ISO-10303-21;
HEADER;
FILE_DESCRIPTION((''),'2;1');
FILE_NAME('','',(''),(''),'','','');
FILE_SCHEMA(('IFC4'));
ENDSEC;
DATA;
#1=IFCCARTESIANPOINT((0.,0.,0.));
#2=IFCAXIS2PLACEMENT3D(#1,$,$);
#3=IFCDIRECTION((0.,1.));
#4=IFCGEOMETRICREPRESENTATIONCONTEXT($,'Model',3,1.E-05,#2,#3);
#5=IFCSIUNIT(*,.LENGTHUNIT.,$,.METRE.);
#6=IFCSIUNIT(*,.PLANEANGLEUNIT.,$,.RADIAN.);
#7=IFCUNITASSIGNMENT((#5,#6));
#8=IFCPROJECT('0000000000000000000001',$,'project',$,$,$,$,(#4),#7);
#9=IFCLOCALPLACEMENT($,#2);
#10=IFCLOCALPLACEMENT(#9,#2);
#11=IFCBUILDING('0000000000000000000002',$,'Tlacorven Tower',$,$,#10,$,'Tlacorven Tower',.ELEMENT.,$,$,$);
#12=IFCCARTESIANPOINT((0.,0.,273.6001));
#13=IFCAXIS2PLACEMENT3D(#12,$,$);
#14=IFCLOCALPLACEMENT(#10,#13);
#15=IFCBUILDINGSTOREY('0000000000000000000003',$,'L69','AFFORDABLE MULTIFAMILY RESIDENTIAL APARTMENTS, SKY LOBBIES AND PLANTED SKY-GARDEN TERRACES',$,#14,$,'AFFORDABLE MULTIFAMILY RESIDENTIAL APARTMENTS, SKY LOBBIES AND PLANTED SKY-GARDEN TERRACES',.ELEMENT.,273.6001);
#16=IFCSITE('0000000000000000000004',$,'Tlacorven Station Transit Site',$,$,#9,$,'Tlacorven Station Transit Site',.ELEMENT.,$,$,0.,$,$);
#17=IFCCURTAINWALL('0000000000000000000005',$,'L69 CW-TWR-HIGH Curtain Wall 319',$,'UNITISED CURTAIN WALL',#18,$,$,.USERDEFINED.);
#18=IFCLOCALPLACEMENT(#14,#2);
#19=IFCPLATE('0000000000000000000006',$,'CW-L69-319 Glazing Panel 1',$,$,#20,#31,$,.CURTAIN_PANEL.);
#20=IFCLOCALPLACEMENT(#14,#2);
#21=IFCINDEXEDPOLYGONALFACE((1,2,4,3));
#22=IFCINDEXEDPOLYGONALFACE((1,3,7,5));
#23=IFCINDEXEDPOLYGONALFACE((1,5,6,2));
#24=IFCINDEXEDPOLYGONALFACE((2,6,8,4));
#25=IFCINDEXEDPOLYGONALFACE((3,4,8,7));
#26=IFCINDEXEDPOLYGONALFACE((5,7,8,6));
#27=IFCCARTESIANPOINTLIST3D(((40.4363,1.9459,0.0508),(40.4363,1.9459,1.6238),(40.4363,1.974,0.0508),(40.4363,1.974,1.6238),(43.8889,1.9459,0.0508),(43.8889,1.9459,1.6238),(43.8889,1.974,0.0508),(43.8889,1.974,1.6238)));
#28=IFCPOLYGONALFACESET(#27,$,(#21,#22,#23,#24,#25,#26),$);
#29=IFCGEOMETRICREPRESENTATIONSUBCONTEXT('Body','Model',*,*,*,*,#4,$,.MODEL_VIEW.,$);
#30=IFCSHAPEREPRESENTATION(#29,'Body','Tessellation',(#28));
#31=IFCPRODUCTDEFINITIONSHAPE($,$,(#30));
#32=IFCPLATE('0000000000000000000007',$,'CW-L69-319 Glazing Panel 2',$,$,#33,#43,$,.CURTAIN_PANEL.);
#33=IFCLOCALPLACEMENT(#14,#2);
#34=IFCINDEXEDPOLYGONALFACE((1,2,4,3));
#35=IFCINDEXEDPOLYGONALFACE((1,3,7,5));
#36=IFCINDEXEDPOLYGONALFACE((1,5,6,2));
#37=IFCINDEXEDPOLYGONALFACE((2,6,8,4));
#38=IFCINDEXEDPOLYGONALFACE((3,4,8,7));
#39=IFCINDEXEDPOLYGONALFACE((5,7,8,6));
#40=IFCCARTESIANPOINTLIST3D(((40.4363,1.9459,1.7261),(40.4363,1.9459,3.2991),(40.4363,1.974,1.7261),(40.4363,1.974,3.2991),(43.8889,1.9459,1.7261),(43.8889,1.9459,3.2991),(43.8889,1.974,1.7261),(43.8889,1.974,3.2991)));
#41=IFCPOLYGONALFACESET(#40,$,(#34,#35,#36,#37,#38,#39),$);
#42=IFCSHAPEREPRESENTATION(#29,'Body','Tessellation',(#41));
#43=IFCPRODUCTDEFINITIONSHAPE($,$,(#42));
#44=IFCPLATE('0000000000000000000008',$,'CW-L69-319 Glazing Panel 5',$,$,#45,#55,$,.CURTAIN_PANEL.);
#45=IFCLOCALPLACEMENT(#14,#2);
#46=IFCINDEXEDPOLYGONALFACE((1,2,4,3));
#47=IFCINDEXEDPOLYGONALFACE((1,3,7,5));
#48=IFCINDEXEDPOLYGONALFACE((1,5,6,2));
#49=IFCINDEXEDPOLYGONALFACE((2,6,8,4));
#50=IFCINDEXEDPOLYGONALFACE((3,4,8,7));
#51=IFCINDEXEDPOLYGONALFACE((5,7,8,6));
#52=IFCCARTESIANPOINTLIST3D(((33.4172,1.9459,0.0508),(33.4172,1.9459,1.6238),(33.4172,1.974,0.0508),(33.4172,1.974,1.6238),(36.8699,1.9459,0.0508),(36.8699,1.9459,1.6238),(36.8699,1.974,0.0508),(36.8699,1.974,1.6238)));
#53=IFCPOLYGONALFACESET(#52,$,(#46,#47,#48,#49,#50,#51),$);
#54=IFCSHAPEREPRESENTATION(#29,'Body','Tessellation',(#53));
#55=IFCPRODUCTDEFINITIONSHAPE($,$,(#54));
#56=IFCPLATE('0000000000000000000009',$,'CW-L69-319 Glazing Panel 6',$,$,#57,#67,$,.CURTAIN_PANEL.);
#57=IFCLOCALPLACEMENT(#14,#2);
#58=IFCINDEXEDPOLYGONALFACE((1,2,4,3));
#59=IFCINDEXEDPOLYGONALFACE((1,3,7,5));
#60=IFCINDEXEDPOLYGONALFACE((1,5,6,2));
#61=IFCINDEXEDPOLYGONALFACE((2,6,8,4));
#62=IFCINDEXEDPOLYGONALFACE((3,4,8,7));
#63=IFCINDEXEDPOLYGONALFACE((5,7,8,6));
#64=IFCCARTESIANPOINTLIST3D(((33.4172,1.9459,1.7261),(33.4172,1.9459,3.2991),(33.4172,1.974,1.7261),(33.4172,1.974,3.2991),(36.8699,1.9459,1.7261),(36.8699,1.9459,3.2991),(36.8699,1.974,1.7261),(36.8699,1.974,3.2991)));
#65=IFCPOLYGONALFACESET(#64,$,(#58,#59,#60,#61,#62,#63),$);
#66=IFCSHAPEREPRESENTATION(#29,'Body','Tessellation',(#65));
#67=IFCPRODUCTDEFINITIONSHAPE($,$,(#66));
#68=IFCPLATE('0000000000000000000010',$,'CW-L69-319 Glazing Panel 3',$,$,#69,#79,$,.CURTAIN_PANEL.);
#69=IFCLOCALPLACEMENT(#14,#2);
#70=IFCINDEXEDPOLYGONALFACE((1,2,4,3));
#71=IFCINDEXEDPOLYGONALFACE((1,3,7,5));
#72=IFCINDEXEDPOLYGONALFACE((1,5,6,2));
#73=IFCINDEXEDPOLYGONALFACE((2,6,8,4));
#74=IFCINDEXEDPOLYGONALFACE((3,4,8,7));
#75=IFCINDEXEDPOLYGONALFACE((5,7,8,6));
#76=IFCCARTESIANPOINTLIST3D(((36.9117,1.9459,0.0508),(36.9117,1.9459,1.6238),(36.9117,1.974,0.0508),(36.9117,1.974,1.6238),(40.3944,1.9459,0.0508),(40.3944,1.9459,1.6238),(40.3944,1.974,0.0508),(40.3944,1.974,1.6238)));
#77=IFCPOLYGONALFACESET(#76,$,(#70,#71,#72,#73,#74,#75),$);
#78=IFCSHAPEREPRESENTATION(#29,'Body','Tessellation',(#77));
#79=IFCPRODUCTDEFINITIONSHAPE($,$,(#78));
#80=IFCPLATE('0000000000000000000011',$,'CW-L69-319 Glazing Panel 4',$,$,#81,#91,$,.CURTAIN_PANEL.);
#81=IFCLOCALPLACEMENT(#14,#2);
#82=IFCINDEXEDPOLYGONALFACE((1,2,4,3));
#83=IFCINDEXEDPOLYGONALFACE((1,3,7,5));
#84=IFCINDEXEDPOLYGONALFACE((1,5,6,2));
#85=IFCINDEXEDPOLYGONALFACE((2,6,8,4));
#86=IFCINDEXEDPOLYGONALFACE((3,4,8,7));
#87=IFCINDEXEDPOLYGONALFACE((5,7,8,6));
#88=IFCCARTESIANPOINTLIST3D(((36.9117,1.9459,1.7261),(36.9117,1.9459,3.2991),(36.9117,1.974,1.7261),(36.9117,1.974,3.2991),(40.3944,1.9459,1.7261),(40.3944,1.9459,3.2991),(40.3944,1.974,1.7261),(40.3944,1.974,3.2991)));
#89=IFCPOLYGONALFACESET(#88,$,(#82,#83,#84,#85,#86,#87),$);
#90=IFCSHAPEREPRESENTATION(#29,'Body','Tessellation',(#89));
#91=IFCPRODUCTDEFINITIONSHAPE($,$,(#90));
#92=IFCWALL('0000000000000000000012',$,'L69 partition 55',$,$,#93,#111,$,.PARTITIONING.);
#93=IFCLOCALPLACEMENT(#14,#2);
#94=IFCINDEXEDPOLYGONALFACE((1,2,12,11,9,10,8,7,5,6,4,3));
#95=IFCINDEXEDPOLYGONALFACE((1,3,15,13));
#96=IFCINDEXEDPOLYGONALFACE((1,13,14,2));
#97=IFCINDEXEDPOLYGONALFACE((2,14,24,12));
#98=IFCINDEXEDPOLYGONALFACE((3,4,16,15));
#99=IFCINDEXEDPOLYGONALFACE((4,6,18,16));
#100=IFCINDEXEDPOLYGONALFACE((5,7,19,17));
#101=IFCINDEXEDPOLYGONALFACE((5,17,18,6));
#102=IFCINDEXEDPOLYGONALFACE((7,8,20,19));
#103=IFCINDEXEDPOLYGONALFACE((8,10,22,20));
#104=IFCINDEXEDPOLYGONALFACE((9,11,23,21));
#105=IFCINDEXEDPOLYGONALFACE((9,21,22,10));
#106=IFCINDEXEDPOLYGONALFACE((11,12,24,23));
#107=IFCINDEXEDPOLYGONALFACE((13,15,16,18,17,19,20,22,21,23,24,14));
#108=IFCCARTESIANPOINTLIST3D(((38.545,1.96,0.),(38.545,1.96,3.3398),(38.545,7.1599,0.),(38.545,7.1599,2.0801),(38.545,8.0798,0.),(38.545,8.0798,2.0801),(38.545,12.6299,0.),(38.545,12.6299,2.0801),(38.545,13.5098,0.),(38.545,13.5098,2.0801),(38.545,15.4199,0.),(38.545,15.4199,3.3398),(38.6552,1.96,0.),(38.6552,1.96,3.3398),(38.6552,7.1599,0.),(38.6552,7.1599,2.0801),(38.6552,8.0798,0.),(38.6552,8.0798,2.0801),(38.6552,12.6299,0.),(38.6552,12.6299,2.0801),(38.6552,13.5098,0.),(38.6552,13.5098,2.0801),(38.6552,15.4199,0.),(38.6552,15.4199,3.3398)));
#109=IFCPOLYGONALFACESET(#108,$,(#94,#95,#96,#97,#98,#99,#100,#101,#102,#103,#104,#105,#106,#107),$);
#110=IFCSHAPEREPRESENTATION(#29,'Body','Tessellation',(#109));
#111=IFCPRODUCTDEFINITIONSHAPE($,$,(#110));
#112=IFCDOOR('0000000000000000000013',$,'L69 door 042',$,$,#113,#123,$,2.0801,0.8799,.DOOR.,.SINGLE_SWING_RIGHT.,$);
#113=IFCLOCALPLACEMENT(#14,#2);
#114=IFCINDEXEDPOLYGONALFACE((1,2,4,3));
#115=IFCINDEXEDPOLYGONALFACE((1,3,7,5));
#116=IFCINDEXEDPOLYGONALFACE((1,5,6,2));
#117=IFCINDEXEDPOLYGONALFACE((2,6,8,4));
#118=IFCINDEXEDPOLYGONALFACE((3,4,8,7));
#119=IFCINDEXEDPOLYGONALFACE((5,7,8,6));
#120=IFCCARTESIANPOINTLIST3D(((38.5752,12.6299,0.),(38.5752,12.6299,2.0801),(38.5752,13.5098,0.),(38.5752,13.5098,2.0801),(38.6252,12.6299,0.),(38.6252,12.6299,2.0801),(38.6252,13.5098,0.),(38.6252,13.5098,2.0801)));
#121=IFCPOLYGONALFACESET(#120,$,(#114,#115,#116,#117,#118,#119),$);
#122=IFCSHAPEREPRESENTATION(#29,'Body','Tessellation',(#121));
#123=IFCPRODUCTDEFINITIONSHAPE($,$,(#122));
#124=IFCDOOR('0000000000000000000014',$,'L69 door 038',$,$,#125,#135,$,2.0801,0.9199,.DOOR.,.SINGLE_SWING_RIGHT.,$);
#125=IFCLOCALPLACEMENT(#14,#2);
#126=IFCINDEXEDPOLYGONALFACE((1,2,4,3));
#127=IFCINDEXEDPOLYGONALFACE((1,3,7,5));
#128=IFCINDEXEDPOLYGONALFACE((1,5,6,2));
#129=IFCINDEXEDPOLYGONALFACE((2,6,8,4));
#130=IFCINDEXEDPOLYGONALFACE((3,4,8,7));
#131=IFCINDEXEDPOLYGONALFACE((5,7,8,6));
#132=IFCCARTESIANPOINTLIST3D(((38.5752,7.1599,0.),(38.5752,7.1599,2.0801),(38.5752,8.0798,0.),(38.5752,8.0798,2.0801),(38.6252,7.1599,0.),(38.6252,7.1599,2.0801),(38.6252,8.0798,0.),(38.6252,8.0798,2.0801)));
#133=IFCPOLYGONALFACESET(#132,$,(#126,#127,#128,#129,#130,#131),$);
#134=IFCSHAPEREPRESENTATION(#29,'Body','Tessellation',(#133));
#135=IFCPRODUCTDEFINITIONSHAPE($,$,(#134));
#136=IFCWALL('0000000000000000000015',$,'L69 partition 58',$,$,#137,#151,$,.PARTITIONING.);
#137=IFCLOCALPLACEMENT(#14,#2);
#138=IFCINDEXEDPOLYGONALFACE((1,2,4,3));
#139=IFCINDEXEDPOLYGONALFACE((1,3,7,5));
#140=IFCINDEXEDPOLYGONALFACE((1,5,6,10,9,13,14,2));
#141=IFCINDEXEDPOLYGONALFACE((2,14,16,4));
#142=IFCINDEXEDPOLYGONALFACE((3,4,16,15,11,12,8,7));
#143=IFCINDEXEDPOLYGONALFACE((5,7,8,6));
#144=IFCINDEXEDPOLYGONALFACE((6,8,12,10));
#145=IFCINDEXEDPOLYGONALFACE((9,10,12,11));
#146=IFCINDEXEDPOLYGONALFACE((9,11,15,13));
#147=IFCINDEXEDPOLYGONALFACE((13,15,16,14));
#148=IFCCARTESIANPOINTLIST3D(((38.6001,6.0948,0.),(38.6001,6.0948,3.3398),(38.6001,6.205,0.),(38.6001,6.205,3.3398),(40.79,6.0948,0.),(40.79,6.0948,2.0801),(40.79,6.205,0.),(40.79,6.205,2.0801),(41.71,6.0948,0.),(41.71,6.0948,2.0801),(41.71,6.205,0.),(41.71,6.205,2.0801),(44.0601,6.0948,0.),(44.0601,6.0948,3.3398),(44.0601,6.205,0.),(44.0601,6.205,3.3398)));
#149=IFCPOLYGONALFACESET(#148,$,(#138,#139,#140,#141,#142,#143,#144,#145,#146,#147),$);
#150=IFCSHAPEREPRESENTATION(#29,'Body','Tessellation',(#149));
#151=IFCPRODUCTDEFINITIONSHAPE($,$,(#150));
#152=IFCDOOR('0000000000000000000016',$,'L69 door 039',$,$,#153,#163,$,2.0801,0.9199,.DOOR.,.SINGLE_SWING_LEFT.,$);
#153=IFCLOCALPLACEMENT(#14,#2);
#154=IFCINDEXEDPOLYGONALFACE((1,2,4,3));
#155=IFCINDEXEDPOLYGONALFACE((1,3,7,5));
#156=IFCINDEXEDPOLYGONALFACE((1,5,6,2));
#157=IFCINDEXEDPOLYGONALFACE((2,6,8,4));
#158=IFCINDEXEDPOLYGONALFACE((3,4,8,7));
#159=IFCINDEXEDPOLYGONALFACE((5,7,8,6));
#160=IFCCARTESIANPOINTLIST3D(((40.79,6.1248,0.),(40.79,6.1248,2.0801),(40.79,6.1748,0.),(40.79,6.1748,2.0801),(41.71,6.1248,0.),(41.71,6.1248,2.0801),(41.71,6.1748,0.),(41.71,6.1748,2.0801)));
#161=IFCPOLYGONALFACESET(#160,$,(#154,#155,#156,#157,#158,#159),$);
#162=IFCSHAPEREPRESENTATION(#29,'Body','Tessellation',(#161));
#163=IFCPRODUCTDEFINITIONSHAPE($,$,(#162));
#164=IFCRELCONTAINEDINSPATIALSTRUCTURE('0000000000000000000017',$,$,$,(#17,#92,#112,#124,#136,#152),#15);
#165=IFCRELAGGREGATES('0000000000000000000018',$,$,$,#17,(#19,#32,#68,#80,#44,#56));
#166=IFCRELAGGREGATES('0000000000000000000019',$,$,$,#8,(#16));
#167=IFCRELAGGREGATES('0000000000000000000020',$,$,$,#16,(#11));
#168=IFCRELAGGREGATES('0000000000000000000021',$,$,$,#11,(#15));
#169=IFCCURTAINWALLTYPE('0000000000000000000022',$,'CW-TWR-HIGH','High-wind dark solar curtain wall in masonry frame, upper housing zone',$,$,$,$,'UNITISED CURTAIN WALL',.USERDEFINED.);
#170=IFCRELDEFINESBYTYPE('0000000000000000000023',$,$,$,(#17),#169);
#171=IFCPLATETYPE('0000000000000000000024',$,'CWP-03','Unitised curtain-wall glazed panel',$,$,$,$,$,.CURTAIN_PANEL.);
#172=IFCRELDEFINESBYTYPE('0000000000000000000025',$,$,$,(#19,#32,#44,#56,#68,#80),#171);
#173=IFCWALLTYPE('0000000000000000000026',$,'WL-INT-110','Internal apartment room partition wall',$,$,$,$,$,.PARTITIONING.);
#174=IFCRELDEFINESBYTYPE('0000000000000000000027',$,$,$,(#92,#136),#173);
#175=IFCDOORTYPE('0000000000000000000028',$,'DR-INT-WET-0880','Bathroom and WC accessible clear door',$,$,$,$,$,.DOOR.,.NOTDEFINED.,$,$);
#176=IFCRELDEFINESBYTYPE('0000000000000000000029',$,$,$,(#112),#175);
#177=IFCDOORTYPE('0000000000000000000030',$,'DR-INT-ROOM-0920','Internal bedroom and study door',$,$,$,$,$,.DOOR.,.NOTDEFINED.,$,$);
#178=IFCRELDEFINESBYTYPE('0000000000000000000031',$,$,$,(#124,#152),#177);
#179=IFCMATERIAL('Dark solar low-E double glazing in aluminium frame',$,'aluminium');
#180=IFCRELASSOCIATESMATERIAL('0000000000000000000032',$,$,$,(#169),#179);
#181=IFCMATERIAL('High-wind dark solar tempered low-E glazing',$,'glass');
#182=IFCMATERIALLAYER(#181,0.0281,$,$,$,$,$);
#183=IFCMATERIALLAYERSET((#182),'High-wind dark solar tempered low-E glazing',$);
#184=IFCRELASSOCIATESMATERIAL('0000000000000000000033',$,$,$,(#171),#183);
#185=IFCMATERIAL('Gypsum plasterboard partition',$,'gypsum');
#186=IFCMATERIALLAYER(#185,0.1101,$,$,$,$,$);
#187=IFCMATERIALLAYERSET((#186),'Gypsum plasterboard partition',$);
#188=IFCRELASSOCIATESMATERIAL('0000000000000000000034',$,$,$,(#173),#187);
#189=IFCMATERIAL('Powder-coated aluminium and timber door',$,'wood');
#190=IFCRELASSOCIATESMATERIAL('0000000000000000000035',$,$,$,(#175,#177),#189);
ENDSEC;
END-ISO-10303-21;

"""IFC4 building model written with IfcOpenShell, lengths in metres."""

from ifc_helpers import new_model, si_unit, direction, frame, frame_2d, origin, origin_2d, place, context, subcontext, project, spatial, rectangle, extrude, source, transform, mapped, material, layer, layer_set, type_object, element, fill, aggregate, save


model = new_model("IFC4")

# Units and contexts
model_context = context("Model", 3, precision=1e-05, world=origin(), true_north=direction((0.0, 1.0)))
body_context = subcontext(model_context, "Body", "Model", "MODEL_VIEW")
ifc_project = project(units=[si_unit("LENGTHUNIT", "METRE"), si_unit("PLANEANGLEUNIT", "RADIAN")], contexts=[model_context])

# Site, building, storey
site_placement = place(None, origin())
site = spatial("IfcSite", under=ifc_project, at=site_placement, Name="Tlacorven Station Transit Site", LongName="Tlacorven Station Transit Site", CompositionType="ELEMENT", RefElevation=0.0)
building_placement = place(site_placement, origin())
building = spatial("IfcBuilding", under=site, at=building_placement, Name="Tlacorven Tower", LongName="Tlacorven Tower", CompositionType="ELEMENT")
storey_placement = place(building_placement, frame((0.0, 0.0, 273.6001)))
storey = spatial("IfcBuildingStorey", under=building, at=storey_placement, Name="L69", Description="AFFORDABLE MULTIFAMILY RESIDENTIAL APARTMENTS, SKY LOBBIES AND PLANTED SKY-GARDEN TERRACES", LongName="AFFORDABLE MULTIFAMILY RESIDENTIAL APARTMENTS, SKY LOBBIES AND PLANTED SKY-GARDEN TERRACES", CompositionType="ELEMENT", Elevation=273.6001)

# Curtain wall
ifc_material_1 = material(Name="Dark solar low-E double glazing in aluminium frame", Category="aluminium")
curtain_wall_type = type_object("IfcCurtainWallType", Name="CW-TWR-HIGH", Description="High-wind dark solar curtain wall in masonry frame, upper housing zone", ElementType="UNITISED CURTAIN WALL", PredefinedType="USERDEFINED", material=ifc_material_1)
curtain_wall_1_placement = place(storey_placement, origin())
curtain_wall_1 = element("IfcCurtainWall", 1, at=curtain_wall_1_placement, inside=storey, type_object=curtain_wall_type, Name="L69 CW-TWR-HIGH Curtain Wall 319", ObjectType="UNITISED CURTAIN WALL", PredefinedType="USERDEFINED")

# Plates
ifc_material_2 = material(Name="High-wind dark solar tempered low-E glazing", Category="glass")
ifc_layer_1 = layer(ifc_material_2, 0.0281)
ifc_layer_set_1 = layer_set([ifc_layer_1], Name="High-wind dark solar tempered low-E glazing")
plate_type = type_object("IfcPlateType", Name="CWP-03", Description="Unitised curtain-wall glazed panel", PredefinedType="CURTAIN_PANEL", material=ifc_layer_set_1)
shared_shape_1 = source(origin(), body_context, "Body", "SweptSolid", [
    extrude(rectangle(XDim=3.4526, YDim=0.0281, at=origin_2d()), origin(), (0.0, 0.0, 1.0), 1.573),
])
plate_1_placement = place(storey_placement, frame((42.1626, 1.96, 0.0508), z_axis=(0.0, 0.0, 1.0), x_axis=(-1.0, 0.0, 0.0)))
plate_1 = element("IfcPlate", 2, at=plate_1_placement, type_object=plate_type, Name="CW-L69-319 Glazing Panel 1", PredefinedType="CURTAIN_PANEL", context=body_context, shape_type="MappedRepresentation", body=[
    mapped(shared_shape_1, transform((0.0, 0.0, 0.0), scale=1.0)),
])
plate_2_placement = place(storey_placement, frame((42.1626, 1.96, 1.7261), z_axis=(0.0, 0.0, 1.0), x_axis=(-1.0, 0.0, 0.0)))
plate_2 = element("IfcPlate", 3, at=plate_2_placement, type_object=plate_type, Name="CW-L69-319 Glazing Panel 2", PredefinedType="CURTAIN_PANEL", context=body_context, shape_type="MappedRepresentation", body=[
    mapped(shared_shape_1, transform((0.0, 0.0, 0.0), scale=1.0)),
])
plate_3_placement = place(storey_placement, frame((35.1436, 1.96, 0.0508), z_axis=(0.0, 0.0, 1.0), x_axis=(-1.0, 0.0, 0.0)))
plate_3 = element("IfcPlate", 4, at=plate_3_placement, type_object=plate_type, Name="CW-L69-319 Glazing Panel 5", PredefinedType="CURTAIN_PANEL", context=body_context, shape_type="MappedRepresentation", body=[
    mapped(shared_shape_1, transform((0.0, 0.0, 0.0), scale=1.0)),
])
plate_4_placement = place(storey_placement, frame((35.1436, 1.96, 1.7261), z_axis=(0.0, 0.0, 1.0), x_axis=(-1.0, 0.0, 0.0)))
plate_4 = element("IfcPlate", 5, at=plate_4_placement, type_object=plate_type, Name="CW-L69-319 Glazing Panel 6", PredefinedType="CURTAIN_PANEL", context=body_context, shape_type="MappedRepresentation", body=[
    mapped(shared_shape_1, transform((0.0, 0.0, 0.0), scale=1.0)),
])
shared_shape_2 = source(origin(), body_context, "Body", "SweptSolid", [
    extrude(rectangle(XDim=3.4827, YDim=0.0281, at=origin_2d()), origin(), (0.0, 0.0, 1.0), 1.573),
])
plate_5_placement = place(storey_placement, frame((38.6531, 1.96, 0.0508), z_axis=(0.0, 0.0, 1.0), x_axis=(-1.0, 0.0, 0.0)))
plate_5 = element("IfcPlate", 6, at=plate_5_placement, type_object=plate_type, Name="CW-L69-319 Glazing Panel 3", PredefinedType="CURTAIN_PANEL", context=body_context, shape_type="MappedRepresentation", body=[
    mapped(shared_shape_2, transform((0.0, 0.0, 0.0), scale=1.0)),
])
plate_6_placement = place(storey_placement, frame((38.6531, 1.96, 1.7261), z_axis=(0.0, 0.0, 1.0), x_axis=(-1.0, 0.0, 0.0)))
plate_6 = element("IfcPlate", 7, at=plate_6_placement, type_object=plate_type, Name="CW-L69-319 Glazing Panel 4", PredefinedType="CURTAIN_PANEL", context=body_context, shape_type="MappedRepresentation", body=[
    mapped(shared_shape_2, transform((0.0, 0.0, 0.0), scale=1.0)),
])
aggregate(curtain_wall_1, [plate_1, plate_2, plate_5, plate_6, plate_3, plate_4])

# Wall, openings, doors
ifc_material_3 = material(Name="Gypsum plasterboard partition", Category="gypsum")
ifc_layer_2 = layer(ifc_material_3, 0.1101)
ifc_layer_set_2 = layer_set([ifc_layer_2], Name="Gypsum plasterboard partition")
wall_type = type_object("IfcWallType", Name="WL-INT-110", Description="Internal apartment room partition wall", PredefinedType="PARTITIONING", material=ifc_layer_set_2)
wall_1_placement = place(storey_placement, frame((38.6001, 1.96, 0.0), z_axis=(0.0, 0.0, 1.0), x_axis=(0.0, 1.0, 0.0)))
wall_1 = element("IfcWall", 8, at=wall_1_placement, inside=storey, type_object=wall_type, Name="L69 partition 55", PredefinedType="PARTITIONING", context=body_context, shape_type="SweptSolid", body=[
    extrude(rectangle(XDim=13.46, YDim=0.1101, at=frame_2d((6.73, 0.0))), origin(), (0.0, 0.0, 1.0), 3.3398),
])
opening_1_placement = place(wall_1_placement, frame((5.2, 0.0, 0.0)))
opening_1 = element("IfcOpeningElement", 9, at=opening_1_placement, cuts=wall_1, PredefinedType="OPENING", context=body_context, shape_type="SweptSolid", body=[
    extrude(rectangle(XDim=0.9199, YDim=2.0801, at=frame_2d((0.46, 1.04))), frame((0.0, 0.0649, 0.0), z_axis=(0.0, -1.0, 0.0), x_axis=(1.0, 0.0, 0.0)), (0.0, 0.0, 1.0), 0.1301),
])
opening_2_placement = place(wall_1_placement, frame((10.6699, 0.0, 0.0)))
opening_2 = element("IfcOpeningElement", 10, at=opening_2_placement, cuts=wall_1, PredefinedType="OPENING", context=body_context, shape_type="SweptSolid", body=[
    extrude(rectangle(XDim=0.8799, YDim=2.0801, at=frame_2d((0.4399, 1.04))), frame((0.0, 0.0649, 0.0), z_axis=(0.0, -1.0, 0.0), x_axis=(1.0, 0.0, 0.0)), (0.0, 0.0, 1.0), 0.1301),
])
ifc_material_4 = material(Name="Powder-coated aluminium and timber door", Category="wood")
door_type_1 = type_object("IfcDoorType", Name="DR-INT-WET-0880", Description="Bathroom and WC accessible clear door", OperationType="NOTDEFINED", PredefinedType="DOOR", material=ifc_material_4)
shared_shape_3 = source(origin(), body_context, "Body", "SweptSolid", [
    extrude(rectangle(XDim=0.8799, YDim=2.0801, at=frame_2d((0.4399, 1.04))), frame((0.0, 0.0249, 0.0), z_axis=(0.0, -1.0, 0.0), x_axis=(1.0, 0.0, 0.0)), (0.0, 0.0, 1.0), 0.05),
])
door_1_placement = place(opening_2_placement, origin())
door_1 = element("IfcDoor", 11, at=door_1_placement, inside=storey, type_object=door_type_1, Name="L69 door 042", OperationType="SINGLE_SWING_RIGHT", OverallHeight=2.0801, OverallWidth=0.8799, PredefinedType="DOOR", context=body_context, shape_type="MappedRepresentation", body=[
    mapped(shared_shape_3, transform((0.0, 0.0, 0.0), scale=1.0)),
])
fill(opening_2, door_1)
door_type_2 = type_object("IfcDoorType", Name="DR-INT-ROOM-0920", Description="Internal bedroom and study door", OperationType="NOTDEFINED", PredefinedType="DOOR", material=ifc_material_4)
shared_shape_4 = source(origin(), body_context, "Body", "SweptSolid", [
    extrude(rectangle(XDim=0.9199, YDim=2.0801, at=frame_2d((0.46, 1.04))), frame((0.0, 0.0249, 0.0), z_axis=(0.0, -1.0, 0.0), x_axis=(1.0, 0.0, 0.0)), (0.0, 0.0, 1.0), 0.05),
])
door_2_placement = place(opening_1_placement, origin())
door_2 = element("IfcDoor", 12, at=door_2_placement, inside=storey, type_object=door_type_2, Name="L69 door 038", OperationType="SINGLE_SWING_RIGHT", OverallHeight=2.0801, OverallWidth=0.9199, PredefinedType="DOOR", context=body_context, shape_type="MappedRepresentation", body=[
    mapped(shared_shape_4, transform((0.0, 0.0, 0.0), scale=1.0)),
])
fill(opening_1, door_2)

# Wall, opening, door
wall_2_placement = place(storey_placement, frame((38.6001, 6.1499, 0.0), z_axis=(0.0, 0.0, 1.0), x_axis=(1.0, 0.0, 0.0)))
wall_2 = element("IfcWall", 13, at=wall_2_placement, inside=storey, type_object=wall_type, Name="L69 partition 58", PredefinedType="PARTITIONING", context=body_context, shape_type="SweptSolid", body=[
    extrude(rectangle(XDim=5.46, YDim=0.1101, at=frame_2d((2.73, 0.0))), origin(), (0.0, 0.0, 1.0), 3.3398),
])
opening_3_placement = place(wall_2_placement, frame((2.1899, 0.0, 0.0)))
opening_3 = element("IfcOpeningElement", 14, at=opening_3_placement, cuts=wall_2, PredefinedType="OPENING", context=body_context, shape_type="SweptSolid", body=[
    extrude(rectangle(XDim=0.9199, YDim=2.0801, at=frame_2d((0.46, 1.04))), frame((0.0, 0.0649, 0.0), z_axis=(0.0, -1.0, 0.0), x_axis=(1.0, 0.0, 0.0)), (0.0, 0.0, 1.0), 0.1301),
])
door_3_placement = place(opening_3_placement, origin())
door_3 = element("IfcDoor", 15, at=door_3_placement, inside=storey, type_object=door_type_2, Name="L69 door 039", OperationType="SINGLE_SWING_LEFT", OverallHeight=2.0801, OverallWidth=0.9199, PredefinedType="DOOR", context=body_context, shape_type="MappedRepresentation", body=[
    mapped(shared_shape_4, transform((0.0, 0.0, 0.0), scale=1.0)),
])
fill(opening_3, door_3)

save(model, "model.ifc")
